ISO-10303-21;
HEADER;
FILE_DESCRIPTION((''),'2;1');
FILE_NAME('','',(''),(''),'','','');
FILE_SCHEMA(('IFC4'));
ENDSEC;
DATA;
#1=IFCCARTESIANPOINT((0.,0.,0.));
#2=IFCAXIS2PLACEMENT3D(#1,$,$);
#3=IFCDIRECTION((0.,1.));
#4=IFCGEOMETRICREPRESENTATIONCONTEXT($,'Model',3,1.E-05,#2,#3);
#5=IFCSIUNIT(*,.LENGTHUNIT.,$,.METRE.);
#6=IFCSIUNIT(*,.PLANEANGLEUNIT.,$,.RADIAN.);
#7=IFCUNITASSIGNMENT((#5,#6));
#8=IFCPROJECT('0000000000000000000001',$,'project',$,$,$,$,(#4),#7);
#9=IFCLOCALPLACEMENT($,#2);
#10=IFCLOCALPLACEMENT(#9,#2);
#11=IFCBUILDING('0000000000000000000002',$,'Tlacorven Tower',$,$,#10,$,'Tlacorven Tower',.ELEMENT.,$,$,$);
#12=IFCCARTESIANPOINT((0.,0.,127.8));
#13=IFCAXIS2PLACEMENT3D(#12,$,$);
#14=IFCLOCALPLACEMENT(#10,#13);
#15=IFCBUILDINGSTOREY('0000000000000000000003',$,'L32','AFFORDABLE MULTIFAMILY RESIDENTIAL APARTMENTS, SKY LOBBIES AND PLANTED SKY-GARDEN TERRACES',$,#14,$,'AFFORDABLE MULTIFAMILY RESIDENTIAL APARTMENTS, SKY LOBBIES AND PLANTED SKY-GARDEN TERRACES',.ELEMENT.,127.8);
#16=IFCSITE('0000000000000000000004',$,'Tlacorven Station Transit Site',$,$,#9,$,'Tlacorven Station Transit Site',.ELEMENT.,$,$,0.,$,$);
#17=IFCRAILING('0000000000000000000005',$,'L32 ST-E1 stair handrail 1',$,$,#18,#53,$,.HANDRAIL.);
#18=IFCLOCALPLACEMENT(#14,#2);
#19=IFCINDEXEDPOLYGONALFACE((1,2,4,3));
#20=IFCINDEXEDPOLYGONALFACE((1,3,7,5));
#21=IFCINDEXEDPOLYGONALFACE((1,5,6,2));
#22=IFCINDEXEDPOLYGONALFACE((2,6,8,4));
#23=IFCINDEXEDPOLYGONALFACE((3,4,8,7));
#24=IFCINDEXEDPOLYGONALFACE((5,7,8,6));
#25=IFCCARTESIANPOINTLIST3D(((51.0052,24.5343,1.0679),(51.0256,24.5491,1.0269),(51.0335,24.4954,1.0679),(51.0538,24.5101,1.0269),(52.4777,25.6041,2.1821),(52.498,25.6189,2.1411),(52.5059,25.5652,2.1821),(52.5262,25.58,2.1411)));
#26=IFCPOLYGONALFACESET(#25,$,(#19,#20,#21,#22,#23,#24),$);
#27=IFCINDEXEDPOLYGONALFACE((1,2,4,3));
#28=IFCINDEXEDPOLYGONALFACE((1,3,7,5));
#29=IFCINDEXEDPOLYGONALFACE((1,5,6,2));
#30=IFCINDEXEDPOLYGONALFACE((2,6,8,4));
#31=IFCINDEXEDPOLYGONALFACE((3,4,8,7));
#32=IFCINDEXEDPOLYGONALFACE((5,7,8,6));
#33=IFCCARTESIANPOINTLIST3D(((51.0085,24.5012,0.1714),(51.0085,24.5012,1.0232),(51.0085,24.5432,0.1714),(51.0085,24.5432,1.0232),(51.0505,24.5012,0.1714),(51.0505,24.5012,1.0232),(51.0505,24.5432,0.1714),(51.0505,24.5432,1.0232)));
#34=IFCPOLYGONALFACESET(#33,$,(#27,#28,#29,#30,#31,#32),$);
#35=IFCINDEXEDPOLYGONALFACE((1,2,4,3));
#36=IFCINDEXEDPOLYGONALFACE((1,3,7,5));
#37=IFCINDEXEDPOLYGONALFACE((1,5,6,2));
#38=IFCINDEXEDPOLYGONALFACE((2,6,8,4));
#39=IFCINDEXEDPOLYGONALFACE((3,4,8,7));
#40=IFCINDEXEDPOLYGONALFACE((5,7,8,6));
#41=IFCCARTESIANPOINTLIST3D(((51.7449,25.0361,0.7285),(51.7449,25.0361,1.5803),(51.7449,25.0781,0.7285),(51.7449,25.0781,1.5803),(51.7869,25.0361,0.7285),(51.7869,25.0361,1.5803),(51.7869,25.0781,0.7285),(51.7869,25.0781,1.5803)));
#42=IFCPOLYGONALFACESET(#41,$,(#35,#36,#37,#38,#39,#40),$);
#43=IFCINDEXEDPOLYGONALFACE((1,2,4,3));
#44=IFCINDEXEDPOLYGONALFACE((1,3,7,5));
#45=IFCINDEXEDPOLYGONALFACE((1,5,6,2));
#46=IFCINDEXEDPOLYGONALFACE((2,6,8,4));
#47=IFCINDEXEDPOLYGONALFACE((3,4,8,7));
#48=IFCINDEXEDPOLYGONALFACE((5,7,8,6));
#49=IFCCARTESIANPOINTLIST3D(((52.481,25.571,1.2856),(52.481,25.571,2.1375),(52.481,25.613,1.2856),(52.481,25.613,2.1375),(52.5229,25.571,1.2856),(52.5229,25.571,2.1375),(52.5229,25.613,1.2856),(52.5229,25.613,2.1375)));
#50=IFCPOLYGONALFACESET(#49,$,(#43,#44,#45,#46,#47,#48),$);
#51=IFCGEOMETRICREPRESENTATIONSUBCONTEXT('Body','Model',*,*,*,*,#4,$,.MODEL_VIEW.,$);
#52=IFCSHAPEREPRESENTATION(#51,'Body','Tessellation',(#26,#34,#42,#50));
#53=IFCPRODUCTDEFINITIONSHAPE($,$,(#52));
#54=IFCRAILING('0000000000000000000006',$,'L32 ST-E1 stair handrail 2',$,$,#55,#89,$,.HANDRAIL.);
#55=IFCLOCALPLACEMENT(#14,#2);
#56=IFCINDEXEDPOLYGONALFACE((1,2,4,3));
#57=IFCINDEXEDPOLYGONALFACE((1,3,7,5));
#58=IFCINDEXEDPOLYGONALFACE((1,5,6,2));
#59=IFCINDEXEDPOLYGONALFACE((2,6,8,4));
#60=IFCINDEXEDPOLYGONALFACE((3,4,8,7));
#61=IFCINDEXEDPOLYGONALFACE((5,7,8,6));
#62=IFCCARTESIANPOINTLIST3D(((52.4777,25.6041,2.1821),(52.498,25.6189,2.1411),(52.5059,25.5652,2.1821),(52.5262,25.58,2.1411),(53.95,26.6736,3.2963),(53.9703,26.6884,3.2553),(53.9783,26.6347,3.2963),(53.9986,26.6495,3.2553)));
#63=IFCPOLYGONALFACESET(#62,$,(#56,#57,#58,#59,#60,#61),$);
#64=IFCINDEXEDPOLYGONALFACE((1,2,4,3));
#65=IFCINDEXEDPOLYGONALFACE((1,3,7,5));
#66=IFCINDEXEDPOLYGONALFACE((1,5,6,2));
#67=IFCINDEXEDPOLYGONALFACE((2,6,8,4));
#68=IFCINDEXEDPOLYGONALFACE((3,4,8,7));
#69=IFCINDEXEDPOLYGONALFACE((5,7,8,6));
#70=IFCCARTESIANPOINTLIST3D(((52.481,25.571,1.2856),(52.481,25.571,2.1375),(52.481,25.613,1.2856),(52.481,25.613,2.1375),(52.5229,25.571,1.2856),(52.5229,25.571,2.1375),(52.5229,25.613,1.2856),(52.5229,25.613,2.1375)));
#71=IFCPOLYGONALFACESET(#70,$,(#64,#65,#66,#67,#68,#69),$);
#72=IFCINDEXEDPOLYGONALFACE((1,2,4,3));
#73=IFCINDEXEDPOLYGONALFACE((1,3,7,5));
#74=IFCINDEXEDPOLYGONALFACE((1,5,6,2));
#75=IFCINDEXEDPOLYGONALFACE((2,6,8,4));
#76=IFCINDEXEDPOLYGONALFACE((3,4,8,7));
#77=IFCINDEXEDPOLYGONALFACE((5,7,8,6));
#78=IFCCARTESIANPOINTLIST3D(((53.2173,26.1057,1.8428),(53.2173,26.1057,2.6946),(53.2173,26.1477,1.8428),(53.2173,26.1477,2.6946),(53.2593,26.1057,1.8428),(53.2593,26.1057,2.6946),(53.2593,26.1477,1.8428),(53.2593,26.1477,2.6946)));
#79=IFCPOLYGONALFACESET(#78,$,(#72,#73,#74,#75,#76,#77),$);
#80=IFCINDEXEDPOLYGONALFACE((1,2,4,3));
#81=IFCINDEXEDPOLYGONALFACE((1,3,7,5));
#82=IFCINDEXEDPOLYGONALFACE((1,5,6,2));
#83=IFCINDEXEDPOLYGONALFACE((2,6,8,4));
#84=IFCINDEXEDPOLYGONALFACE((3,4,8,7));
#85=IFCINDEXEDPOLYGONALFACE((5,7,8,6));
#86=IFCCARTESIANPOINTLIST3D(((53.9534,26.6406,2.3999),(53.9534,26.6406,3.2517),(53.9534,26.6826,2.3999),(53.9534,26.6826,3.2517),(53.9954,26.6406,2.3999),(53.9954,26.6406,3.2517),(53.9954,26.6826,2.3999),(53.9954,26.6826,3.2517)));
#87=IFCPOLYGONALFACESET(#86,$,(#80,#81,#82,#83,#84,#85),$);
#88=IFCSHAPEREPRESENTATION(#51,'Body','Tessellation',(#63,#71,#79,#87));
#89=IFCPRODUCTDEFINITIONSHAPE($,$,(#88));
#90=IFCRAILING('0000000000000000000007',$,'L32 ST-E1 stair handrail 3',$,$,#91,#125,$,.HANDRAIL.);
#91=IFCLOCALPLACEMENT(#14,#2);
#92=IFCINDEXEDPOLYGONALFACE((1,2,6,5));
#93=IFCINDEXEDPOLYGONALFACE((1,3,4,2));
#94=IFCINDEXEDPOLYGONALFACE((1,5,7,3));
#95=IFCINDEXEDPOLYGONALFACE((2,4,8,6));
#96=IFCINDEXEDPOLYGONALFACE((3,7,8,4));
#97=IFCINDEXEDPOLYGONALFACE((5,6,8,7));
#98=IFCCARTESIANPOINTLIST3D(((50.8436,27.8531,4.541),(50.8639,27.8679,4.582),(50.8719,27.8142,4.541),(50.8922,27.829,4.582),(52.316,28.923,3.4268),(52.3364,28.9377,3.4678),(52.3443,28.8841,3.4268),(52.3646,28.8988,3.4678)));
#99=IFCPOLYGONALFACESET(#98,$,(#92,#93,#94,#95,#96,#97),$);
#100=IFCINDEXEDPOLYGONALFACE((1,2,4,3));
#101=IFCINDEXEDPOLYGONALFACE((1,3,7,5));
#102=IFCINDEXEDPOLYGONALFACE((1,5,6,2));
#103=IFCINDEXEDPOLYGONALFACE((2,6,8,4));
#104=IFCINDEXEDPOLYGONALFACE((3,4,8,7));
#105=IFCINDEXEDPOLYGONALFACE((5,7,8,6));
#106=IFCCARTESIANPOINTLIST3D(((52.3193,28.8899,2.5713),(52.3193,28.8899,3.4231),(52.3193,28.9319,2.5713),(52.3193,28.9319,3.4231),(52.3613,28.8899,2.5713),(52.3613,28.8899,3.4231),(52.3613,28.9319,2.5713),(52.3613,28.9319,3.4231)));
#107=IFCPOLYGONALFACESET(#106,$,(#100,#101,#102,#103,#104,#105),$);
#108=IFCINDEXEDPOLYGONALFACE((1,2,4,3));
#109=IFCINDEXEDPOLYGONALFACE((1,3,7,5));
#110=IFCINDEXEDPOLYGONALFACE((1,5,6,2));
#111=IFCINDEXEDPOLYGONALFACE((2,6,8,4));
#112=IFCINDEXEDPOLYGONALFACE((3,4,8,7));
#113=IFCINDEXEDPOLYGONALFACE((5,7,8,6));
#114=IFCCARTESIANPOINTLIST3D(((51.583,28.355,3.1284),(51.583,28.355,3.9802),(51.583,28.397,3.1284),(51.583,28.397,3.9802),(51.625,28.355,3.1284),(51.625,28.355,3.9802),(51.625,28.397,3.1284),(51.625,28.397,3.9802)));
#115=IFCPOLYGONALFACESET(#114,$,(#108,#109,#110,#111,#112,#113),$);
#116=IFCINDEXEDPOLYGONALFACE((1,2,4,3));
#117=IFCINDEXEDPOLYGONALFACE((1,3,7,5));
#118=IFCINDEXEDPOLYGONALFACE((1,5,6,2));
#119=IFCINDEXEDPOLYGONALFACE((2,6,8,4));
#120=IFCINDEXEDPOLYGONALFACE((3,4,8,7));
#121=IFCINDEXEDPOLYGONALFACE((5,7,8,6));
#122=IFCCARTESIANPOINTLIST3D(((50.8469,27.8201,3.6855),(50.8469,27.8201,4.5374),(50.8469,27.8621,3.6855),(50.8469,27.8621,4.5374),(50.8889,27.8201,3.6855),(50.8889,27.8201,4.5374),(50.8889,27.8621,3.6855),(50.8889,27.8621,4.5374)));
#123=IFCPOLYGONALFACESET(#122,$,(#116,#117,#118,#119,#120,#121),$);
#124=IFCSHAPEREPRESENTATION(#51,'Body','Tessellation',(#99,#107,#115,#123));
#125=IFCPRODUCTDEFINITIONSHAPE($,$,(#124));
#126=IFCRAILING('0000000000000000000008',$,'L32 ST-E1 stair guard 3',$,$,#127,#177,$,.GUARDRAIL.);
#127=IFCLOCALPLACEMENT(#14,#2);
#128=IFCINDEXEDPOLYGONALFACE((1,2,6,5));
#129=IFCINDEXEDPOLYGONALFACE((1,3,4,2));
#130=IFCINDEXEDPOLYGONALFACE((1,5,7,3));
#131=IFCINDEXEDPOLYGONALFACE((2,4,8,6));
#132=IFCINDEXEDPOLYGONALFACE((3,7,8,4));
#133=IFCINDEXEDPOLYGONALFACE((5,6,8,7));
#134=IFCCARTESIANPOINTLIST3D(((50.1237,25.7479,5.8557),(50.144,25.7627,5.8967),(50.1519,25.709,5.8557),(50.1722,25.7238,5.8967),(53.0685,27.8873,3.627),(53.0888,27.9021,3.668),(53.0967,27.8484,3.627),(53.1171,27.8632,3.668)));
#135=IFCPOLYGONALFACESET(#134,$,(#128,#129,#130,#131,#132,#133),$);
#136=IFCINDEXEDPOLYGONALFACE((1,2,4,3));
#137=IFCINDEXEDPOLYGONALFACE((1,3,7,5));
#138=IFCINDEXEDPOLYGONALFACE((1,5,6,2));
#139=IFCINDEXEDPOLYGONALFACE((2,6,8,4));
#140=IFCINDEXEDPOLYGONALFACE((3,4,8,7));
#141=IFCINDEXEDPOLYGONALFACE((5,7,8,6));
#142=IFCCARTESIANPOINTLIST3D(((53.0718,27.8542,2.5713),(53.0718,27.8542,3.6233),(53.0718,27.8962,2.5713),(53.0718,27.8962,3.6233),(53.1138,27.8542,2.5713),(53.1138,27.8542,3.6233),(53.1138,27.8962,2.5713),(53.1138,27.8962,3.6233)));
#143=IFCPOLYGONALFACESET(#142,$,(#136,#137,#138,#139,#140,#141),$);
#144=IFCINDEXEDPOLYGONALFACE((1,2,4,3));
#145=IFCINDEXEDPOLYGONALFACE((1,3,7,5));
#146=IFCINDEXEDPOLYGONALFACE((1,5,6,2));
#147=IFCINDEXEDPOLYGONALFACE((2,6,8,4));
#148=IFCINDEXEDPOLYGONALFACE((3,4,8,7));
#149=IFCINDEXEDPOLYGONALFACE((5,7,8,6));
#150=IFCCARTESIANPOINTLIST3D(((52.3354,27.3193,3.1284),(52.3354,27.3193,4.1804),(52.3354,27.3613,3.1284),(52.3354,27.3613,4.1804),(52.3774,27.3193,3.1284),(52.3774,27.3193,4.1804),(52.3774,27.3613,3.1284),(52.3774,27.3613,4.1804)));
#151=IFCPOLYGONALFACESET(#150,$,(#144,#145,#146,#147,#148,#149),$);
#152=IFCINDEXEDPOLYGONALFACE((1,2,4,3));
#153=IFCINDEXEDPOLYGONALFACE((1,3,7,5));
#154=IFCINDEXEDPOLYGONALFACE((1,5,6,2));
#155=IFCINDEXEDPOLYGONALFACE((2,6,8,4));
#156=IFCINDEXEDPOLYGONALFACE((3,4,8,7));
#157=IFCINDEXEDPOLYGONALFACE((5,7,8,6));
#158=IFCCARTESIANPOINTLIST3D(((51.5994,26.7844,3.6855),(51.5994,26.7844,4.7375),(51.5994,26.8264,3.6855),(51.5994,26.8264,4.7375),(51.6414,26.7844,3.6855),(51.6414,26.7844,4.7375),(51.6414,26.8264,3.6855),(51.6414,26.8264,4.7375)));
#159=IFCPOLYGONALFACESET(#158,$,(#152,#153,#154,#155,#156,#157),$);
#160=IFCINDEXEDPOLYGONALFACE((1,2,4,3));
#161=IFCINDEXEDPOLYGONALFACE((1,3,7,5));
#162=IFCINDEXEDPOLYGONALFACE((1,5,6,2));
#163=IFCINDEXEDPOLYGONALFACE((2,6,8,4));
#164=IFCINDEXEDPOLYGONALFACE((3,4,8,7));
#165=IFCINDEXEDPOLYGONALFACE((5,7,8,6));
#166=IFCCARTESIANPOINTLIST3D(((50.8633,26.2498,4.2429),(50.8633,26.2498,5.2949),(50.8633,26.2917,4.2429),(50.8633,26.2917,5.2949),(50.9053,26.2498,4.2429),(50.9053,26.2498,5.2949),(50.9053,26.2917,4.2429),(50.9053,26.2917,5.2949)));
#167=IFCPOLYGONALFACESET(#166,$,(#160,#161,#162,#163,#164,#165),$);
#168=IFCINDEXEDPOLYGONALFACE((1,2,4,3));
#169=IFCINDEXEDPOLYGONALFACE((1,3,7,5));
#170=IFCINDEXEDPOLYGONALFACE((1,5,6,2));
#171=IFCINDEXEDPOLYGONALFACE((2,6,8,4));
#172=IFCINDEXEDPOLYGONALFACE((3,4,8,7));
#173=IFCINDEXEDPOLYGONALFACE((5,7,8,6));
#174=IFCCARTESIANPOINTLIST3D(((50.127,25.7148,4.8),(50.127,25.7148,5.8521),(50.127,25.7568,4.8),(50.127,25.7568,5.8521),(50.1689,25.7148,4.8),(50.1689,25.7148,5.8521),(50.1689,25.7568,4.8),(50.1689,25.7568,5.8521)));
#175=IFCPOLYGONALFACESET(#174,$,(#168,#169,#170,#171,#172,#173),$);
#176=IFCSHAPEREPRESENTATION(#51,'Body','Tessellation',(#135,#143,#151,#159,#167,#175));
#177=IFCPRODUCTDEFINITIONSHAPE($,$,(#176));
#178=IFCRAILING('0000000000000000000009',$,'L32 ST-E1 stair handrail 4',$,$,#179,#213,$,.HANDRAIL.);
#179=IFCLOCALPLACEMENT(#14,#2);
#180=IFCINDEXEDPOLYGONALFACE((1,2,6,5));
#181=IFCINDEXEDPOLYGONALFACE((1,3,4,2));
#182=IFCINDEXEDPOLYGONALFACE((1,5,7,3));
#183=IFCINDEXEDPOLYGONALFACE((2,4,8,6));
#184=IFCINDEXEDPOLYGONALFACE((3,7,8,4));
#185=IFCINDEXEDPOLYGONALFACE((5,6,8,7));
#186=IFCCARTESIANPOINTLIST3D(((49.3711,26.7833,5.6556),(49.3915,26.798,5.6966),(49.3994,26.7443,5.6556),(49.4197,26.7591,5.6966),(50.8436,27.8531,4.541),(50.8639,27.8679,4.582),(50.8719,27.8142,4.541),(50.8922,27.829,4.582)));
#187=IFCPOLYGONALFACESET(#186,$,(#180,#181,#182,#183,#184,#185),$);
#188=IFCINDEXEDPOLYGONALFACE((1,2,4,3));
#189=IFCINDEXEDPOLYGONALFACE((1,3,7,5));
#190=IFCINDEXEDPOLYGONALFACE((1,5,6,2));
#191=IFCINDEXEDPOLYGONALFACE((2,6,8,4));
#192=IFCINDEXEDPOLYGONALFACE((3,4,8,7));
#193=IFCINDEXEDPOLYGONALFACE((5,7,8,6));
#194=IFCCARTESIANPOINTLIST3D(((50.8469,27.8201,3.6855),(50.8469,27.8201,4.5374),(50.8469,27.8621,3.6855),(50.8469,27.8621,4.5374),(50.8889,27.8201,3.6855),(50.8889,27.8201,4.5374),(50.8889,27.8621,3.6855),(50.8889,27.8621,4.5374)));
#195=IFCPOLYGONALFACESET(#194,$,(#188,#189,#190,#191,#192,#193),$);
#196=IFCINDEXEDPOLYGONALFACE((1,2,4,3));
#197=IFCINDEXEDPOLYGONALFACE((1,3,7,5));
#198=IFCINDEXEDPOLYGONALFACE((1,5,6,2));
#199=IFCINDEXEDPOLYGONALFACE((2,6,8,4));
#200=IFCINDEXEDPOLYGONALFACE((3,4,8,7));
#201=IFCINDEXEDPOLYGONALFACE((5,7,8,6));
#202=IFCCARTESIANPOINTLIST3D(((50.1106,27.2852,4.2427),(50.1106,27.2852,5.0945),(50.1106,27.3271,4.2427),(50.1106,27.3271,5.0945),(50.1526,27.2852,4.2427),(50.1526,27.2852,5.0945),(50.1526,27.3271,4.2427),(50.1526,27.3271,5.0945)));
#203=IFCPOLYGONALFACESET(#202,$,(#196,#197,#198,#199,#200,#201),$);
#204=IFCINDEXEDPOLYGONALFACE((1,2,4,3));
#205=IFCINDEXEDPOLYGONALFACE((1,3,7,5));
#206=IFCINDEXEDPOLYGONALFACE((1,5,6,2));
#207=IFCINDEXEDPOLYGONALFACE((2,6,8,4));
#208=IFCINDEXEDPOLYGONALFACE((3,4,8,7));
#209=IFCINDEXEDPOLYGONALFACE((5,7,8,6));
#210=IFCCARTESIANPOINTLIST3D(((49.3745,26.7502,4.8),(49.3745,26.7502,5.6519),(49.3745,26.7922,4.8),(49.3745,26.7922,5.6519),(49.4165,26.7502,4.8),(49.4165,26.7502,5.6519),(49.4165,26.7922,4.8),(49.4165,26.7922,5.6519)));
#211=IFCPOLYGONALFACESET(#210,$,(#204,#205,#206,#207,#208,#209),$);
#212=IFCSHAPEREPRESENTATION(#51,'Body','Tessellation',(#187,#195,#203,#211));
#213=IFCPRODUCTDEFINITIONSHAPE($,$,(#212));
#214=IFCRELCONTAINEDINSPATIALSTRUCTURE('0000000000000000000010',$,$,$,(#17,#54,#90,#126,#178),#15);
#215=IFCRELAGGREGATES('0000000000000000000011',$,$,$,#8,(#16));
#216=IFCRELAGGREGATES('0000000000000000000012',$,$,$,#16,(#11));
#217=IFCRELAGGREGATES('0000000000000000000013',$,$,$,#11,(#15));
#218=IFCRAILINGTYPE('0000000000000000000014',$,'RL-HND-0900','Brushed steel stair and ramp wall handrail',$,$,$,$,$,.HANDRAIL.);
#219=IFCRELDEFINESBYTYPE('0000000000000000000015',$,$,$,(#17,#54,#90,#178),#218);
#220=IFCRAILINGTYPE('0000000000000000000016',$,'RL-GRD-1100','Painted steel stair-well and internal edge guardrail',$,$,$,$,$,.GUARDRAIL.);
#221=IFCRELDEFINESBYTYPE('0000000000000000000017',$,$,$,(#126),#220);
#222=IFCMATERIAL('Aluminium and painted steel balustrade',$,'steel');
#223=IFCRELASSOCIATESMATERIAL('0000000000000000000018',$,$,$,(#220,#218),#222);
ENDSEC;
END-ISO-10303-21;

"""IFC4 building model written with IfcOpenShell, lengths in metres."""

from ifc_helpers import new_model, si_unit, direction, frame, origin, origin_2d, place, context, subcontext, project, spatial, rectangle, extrude, source, transform, mapped, material, type_object, element, save


model = new_model("IFC4")

# Units and contexts
model_context = context("Model", 3, precision=1e-05, world=origin(), true_north=direction((0.0, 1.0)))
body_context = subcontext(model_context, "Body", "Model", "MODEL_VIEW")
ifc_project = project(units=[si_unit("LENGTHUNIT", "METRE"), si_unit("PLANEANGLEUNIT", "RADIAN")], contexts=[model_context])

# Site, building, storey
site_placement = place(None, origin())
site = spatial("IfcSite", under=ifc_project, at=site_placement, Name="Tlacorven Station Transit Site", LongName="Tlacorven Station Transit Site", CompositionType="ELEMENT", RefElevation=0.0)
building_placement = place(site_placement, origin())
building = spatial("IfcBuilding", under=site, at=building_placement, Name="Tlacorven Tower", LongName="Tlacorven Tower", CompositionType="ELEMENT")
storey_placement = place(building_placement, frame((0.0, 0.0, 127.8)))
storey = spatial("IfcBuildingStorey", under=building, at=storey_placement, Name="L32", Description="AFFORDABLE MULTIFAMILY RESIDENTIAL APARTMENTS, SKY LOBBIES AND PLANTED SKY-GARDEN TERRACES", LongName="AFFORDABLE MULTIFAMILY RESIDENTIAL APARTMENTS, SKY LOBBIES AND PLANTED SKY-GARDEN TERRACES", CompositionType="ELEMENT", Elevation=127.8)

# Shared definitions
ifc_material_1 = material(Name="Aluminium and painted steel balustrade", Category="steel")

# Railings
railing_type_1 = type_object("IfcRailingType", Name="RL-GRD-1100", Description="Painted steel stair-well and internal edge guardrail", PredefinedType="GUARDRAIL", material=ifc_material_1)
railing_type_2 = type_object("IfcRailingType", Name="RL-HND-0900", Description="Brushed steel stair and ramp wall handrail", PredefinedType="HANDRAIL", material=ifc_material_1)
shared_shape_1 = source(origin(), body_context, "Body", "SweptSolid", [
    extrude(rectangle(XDim=0.0481, YDim=0.0481, at=origin_2d()), frame((0.0, 0.0, 0.876), z_axis=(0.689967, 0.501316, 0.522137), x_axis=(-0.587805, 0.809003, 0.0)), (0.0, 0.0, 1.0), 2.134),
    extrude(rectangle(XDim=0.042, YDim=0.042, at=origin_2d()), origin(), (0.0, 0.0, 1.0), 0.8518),
    extrude(rectangle(XDim=0.042, YDim=0.042, at=origin_2d()), frame((0.7363, 0.5349, 0.5571)), (0.0, 0.0, 1.0), 0.8518),
    extrude(rectangle(XDim=0.042, YDim=0.042, at=origin_2d()), frame((1.4724, 1.0698, 1.1143)), (0.0, 0.0, 1.0), 0.8518),
])
railing_1_placement = place(storey_placement, frame((51.0295, 24.5222, 0.1714)))
element("IfcRailing", 1, at=railing_1_placement, inside=storey, type_object=railing_type_2, Name="L32 ST-E1 stair handrail 1", PredefinedType="HANDRAIL", context=body_context, shape_type="MappedRepresentation", body=[
    mapped(shared_shape_1, transform((0.0, 0.0, 0.0), scale=1.0)),
])
shared_shape_2 = source(origin(), body_context, "Body", "SweptSolid", [
    extrude(rectangle(XDim=0.0481, YDim=0.0481, at=origin_2d()), frame((0.0, 0.0, 0.876), z_axis=(0.690007, 0.50123, 0.522167), x_axis=(-0.587717, 0.809067, 0.0)), (0.0, 0.0, 1.0), 2.1338),
    extrude(rectangle(XDim=0.042, YDim=0.042, at=origin_2d()), origin(), (0.0, 0.0, 1.0), 0.8518),
    extrude(rectangle(XDim=0.042, YDim=0.042, at=origin_2d()), frame((0.7363, 0.5347, 0.5571)), (0.0, 0.0, 1.0), 0.8518),
    extrude(rectangle(XDim=0.042, YDim=0.042, at=origin_2d()), frame((1.4724, 1.0696, 1.1143)), (0.0, 0.0, 1.0), 0.8518),
])
railing_2_placement = place(storey_placement, frame((52.502, 25.592, 1.2856)))
element("IfcRailing", 2, at=railing_2_placement, inside=storey, type_object=railing_type_2, Name="L32 ST-E1 stair handrail 2", PredefinedType="HANDRAIL", context=body_context, shape_type="MappedRepresentation", body=[
    mapped(shared_shape_2, transform((0.0, 0.0, 0.0), scale=1.0)),
])
shared_shape_3 = source(origin(), body_context, "Body", "SweptSolid", [
    extrude(rectangle(XDim=0.0481, YDim=0.0481, at=origin_2d()), frame((0.0, 0.0, 0.876), z_axis=(-0.689967, -0.501316, 0.522137), x_axis=(0.587805, -0.809003, 0.0)), (0.0, 0.0, 1.0), 2.134),
    extrude(rectangle(XDim=0.042, YDim=0.042, at=origin_2d()), origin(), (0.0, 0.0, 1.0), 0.8518),
    extrude(rectangle(XDim=0.042, YDim=0.042, at=origin_2d()), frame((-0.7363, -0.5349, 0.5571)), (0.0, 0.0, 1.0), 0.8518),
    extrude(rectangle(XDim=0.042, YDim=0.042, at=origin_2d()), frame((-1.4724, -1.0698, 1.1143)), (0.0, 0.0, 1.0), 0.8518),
])
railing_3_placement = place(storey_placement, frame((52.3403, 28.9109, 2.5713)))
element("IfcRailing", 3, at=railing_3_placement, inside=storey, type_object=railing_type_2, Name="L32 ST-E1 stair handrail 3", PredefinedType="HANDRAIL", context=body_context, shape_type="MappedRepresentation", body=[
    mapped(shared_shape_3, transform((0.0, 0.0, 0.0), scale=1.0)),
])
shared_shape_4 = source(origin(), body_context, "Body", "SweptSolid", [
    extrude(rectangle(XDim=0.0481, YDim=0.0481, at=origin_2d()), frame((0.0, 0.0, 1.0762), z_axis=(-0.689966, -0.501258, 0.522194), x_axis=(0.587761, -0.809035, 0.0)), (0.0, 0.0, 1.0), 4.2681),
    extrude(rectangle(XDim=0.042, YDim=0.042, at=origin_2d()), origin(), (0.0, 0.0, 1.0), 1.052),
    extrude(rectangle(XDim=0.042, YDim=0.042, at=origin_2d()), frame((-0.7363, -0.5349, 0.5571)), (0.0, 0.0, 1.0), 1.052),
    extrude(rectangle(XDim=0.042, YDim=0.042, at=origin_2d()), frame((-1.4724, -1.0698, 1.1143)), (0.0, 0.0, 1.0), 1.052),
    extrude(rectangle(XDim=0.042, YDim=0.042, at=origin_2d()), frame((-2.2085, -1.6045, 1.6716)), (0.0, 0.0, 1.0), 1.052),
    extrude(rectangle(XDim=0.042, YDim=0.042, at=origin_2d()), frame((-2.9448, -2.1394, 2.2288)), (0.0, 0.0, 1.0), 1.052),
])
railing_4_placement = place(storey_placement, frame((53.0928, 27.8752, 2.5713)))
element("IfcRailing", 4, at=railing_4_placement, inside=storey, type_object=railing_type_1, Name="L32 ST-E1 stair guard 3", PredefinedType="GUARDRAIL", context=body_context, shape_type="MappedRepresentation", body=[
    mapped(shared_shape_4, transform((0.0, 0.0, 0.0), scale=1.0)),
])
shared_shape_5 = source(origin(), body_context, "Body", "SweptSolid", [
    extrude(rectangle(XDim=0.0481, YDim=0.0481, at=origin_2d()), frame((0.0, 0.0, 0.876), z_axis=(-0.689926, -0.501286, 0.522221), x_axis=(0.587805, -0.809003, 0.0)), (0.0, 0.0, 1.0), 2.1343),
    extrude(rectangle(XDim=0.042, YDim=0.042, at=origin_2d()), origin(), (0.0, 0.0, 1.0), 0.8518),
    extrude(rectangle(XDim=0.042, YDim=0.042, at=origin_2d()), frame((-0.7363, -0.5349, 0.5571)), (0.0, 0.0, 1.0), 0.8518),
    extrude(rectangle(XDim=0.042, YDim=0.042, at=origin_2d()), frame((-1.4724, -1.0698, 1.1145)), (0.0, 0.0, 1.0), 0.8518),
])
railing_5_placement = place(storey_placement, frame((50.8679, 27.8411, 3.6855)))
element("IfcRailing", 5, at=railing_5_placement, inside=storey, type_object=railing_type_2, Name="L32 ST-E1 stair handrail 4", PredefinedType="HANDRAIL", context=body_context, shape_type="MappedRepresentation", body=[
    mapped(shared_shape_5, transform((0.0, 0.0, 0.0), scale=1.0)),
])

save(model, "model.ifc")
